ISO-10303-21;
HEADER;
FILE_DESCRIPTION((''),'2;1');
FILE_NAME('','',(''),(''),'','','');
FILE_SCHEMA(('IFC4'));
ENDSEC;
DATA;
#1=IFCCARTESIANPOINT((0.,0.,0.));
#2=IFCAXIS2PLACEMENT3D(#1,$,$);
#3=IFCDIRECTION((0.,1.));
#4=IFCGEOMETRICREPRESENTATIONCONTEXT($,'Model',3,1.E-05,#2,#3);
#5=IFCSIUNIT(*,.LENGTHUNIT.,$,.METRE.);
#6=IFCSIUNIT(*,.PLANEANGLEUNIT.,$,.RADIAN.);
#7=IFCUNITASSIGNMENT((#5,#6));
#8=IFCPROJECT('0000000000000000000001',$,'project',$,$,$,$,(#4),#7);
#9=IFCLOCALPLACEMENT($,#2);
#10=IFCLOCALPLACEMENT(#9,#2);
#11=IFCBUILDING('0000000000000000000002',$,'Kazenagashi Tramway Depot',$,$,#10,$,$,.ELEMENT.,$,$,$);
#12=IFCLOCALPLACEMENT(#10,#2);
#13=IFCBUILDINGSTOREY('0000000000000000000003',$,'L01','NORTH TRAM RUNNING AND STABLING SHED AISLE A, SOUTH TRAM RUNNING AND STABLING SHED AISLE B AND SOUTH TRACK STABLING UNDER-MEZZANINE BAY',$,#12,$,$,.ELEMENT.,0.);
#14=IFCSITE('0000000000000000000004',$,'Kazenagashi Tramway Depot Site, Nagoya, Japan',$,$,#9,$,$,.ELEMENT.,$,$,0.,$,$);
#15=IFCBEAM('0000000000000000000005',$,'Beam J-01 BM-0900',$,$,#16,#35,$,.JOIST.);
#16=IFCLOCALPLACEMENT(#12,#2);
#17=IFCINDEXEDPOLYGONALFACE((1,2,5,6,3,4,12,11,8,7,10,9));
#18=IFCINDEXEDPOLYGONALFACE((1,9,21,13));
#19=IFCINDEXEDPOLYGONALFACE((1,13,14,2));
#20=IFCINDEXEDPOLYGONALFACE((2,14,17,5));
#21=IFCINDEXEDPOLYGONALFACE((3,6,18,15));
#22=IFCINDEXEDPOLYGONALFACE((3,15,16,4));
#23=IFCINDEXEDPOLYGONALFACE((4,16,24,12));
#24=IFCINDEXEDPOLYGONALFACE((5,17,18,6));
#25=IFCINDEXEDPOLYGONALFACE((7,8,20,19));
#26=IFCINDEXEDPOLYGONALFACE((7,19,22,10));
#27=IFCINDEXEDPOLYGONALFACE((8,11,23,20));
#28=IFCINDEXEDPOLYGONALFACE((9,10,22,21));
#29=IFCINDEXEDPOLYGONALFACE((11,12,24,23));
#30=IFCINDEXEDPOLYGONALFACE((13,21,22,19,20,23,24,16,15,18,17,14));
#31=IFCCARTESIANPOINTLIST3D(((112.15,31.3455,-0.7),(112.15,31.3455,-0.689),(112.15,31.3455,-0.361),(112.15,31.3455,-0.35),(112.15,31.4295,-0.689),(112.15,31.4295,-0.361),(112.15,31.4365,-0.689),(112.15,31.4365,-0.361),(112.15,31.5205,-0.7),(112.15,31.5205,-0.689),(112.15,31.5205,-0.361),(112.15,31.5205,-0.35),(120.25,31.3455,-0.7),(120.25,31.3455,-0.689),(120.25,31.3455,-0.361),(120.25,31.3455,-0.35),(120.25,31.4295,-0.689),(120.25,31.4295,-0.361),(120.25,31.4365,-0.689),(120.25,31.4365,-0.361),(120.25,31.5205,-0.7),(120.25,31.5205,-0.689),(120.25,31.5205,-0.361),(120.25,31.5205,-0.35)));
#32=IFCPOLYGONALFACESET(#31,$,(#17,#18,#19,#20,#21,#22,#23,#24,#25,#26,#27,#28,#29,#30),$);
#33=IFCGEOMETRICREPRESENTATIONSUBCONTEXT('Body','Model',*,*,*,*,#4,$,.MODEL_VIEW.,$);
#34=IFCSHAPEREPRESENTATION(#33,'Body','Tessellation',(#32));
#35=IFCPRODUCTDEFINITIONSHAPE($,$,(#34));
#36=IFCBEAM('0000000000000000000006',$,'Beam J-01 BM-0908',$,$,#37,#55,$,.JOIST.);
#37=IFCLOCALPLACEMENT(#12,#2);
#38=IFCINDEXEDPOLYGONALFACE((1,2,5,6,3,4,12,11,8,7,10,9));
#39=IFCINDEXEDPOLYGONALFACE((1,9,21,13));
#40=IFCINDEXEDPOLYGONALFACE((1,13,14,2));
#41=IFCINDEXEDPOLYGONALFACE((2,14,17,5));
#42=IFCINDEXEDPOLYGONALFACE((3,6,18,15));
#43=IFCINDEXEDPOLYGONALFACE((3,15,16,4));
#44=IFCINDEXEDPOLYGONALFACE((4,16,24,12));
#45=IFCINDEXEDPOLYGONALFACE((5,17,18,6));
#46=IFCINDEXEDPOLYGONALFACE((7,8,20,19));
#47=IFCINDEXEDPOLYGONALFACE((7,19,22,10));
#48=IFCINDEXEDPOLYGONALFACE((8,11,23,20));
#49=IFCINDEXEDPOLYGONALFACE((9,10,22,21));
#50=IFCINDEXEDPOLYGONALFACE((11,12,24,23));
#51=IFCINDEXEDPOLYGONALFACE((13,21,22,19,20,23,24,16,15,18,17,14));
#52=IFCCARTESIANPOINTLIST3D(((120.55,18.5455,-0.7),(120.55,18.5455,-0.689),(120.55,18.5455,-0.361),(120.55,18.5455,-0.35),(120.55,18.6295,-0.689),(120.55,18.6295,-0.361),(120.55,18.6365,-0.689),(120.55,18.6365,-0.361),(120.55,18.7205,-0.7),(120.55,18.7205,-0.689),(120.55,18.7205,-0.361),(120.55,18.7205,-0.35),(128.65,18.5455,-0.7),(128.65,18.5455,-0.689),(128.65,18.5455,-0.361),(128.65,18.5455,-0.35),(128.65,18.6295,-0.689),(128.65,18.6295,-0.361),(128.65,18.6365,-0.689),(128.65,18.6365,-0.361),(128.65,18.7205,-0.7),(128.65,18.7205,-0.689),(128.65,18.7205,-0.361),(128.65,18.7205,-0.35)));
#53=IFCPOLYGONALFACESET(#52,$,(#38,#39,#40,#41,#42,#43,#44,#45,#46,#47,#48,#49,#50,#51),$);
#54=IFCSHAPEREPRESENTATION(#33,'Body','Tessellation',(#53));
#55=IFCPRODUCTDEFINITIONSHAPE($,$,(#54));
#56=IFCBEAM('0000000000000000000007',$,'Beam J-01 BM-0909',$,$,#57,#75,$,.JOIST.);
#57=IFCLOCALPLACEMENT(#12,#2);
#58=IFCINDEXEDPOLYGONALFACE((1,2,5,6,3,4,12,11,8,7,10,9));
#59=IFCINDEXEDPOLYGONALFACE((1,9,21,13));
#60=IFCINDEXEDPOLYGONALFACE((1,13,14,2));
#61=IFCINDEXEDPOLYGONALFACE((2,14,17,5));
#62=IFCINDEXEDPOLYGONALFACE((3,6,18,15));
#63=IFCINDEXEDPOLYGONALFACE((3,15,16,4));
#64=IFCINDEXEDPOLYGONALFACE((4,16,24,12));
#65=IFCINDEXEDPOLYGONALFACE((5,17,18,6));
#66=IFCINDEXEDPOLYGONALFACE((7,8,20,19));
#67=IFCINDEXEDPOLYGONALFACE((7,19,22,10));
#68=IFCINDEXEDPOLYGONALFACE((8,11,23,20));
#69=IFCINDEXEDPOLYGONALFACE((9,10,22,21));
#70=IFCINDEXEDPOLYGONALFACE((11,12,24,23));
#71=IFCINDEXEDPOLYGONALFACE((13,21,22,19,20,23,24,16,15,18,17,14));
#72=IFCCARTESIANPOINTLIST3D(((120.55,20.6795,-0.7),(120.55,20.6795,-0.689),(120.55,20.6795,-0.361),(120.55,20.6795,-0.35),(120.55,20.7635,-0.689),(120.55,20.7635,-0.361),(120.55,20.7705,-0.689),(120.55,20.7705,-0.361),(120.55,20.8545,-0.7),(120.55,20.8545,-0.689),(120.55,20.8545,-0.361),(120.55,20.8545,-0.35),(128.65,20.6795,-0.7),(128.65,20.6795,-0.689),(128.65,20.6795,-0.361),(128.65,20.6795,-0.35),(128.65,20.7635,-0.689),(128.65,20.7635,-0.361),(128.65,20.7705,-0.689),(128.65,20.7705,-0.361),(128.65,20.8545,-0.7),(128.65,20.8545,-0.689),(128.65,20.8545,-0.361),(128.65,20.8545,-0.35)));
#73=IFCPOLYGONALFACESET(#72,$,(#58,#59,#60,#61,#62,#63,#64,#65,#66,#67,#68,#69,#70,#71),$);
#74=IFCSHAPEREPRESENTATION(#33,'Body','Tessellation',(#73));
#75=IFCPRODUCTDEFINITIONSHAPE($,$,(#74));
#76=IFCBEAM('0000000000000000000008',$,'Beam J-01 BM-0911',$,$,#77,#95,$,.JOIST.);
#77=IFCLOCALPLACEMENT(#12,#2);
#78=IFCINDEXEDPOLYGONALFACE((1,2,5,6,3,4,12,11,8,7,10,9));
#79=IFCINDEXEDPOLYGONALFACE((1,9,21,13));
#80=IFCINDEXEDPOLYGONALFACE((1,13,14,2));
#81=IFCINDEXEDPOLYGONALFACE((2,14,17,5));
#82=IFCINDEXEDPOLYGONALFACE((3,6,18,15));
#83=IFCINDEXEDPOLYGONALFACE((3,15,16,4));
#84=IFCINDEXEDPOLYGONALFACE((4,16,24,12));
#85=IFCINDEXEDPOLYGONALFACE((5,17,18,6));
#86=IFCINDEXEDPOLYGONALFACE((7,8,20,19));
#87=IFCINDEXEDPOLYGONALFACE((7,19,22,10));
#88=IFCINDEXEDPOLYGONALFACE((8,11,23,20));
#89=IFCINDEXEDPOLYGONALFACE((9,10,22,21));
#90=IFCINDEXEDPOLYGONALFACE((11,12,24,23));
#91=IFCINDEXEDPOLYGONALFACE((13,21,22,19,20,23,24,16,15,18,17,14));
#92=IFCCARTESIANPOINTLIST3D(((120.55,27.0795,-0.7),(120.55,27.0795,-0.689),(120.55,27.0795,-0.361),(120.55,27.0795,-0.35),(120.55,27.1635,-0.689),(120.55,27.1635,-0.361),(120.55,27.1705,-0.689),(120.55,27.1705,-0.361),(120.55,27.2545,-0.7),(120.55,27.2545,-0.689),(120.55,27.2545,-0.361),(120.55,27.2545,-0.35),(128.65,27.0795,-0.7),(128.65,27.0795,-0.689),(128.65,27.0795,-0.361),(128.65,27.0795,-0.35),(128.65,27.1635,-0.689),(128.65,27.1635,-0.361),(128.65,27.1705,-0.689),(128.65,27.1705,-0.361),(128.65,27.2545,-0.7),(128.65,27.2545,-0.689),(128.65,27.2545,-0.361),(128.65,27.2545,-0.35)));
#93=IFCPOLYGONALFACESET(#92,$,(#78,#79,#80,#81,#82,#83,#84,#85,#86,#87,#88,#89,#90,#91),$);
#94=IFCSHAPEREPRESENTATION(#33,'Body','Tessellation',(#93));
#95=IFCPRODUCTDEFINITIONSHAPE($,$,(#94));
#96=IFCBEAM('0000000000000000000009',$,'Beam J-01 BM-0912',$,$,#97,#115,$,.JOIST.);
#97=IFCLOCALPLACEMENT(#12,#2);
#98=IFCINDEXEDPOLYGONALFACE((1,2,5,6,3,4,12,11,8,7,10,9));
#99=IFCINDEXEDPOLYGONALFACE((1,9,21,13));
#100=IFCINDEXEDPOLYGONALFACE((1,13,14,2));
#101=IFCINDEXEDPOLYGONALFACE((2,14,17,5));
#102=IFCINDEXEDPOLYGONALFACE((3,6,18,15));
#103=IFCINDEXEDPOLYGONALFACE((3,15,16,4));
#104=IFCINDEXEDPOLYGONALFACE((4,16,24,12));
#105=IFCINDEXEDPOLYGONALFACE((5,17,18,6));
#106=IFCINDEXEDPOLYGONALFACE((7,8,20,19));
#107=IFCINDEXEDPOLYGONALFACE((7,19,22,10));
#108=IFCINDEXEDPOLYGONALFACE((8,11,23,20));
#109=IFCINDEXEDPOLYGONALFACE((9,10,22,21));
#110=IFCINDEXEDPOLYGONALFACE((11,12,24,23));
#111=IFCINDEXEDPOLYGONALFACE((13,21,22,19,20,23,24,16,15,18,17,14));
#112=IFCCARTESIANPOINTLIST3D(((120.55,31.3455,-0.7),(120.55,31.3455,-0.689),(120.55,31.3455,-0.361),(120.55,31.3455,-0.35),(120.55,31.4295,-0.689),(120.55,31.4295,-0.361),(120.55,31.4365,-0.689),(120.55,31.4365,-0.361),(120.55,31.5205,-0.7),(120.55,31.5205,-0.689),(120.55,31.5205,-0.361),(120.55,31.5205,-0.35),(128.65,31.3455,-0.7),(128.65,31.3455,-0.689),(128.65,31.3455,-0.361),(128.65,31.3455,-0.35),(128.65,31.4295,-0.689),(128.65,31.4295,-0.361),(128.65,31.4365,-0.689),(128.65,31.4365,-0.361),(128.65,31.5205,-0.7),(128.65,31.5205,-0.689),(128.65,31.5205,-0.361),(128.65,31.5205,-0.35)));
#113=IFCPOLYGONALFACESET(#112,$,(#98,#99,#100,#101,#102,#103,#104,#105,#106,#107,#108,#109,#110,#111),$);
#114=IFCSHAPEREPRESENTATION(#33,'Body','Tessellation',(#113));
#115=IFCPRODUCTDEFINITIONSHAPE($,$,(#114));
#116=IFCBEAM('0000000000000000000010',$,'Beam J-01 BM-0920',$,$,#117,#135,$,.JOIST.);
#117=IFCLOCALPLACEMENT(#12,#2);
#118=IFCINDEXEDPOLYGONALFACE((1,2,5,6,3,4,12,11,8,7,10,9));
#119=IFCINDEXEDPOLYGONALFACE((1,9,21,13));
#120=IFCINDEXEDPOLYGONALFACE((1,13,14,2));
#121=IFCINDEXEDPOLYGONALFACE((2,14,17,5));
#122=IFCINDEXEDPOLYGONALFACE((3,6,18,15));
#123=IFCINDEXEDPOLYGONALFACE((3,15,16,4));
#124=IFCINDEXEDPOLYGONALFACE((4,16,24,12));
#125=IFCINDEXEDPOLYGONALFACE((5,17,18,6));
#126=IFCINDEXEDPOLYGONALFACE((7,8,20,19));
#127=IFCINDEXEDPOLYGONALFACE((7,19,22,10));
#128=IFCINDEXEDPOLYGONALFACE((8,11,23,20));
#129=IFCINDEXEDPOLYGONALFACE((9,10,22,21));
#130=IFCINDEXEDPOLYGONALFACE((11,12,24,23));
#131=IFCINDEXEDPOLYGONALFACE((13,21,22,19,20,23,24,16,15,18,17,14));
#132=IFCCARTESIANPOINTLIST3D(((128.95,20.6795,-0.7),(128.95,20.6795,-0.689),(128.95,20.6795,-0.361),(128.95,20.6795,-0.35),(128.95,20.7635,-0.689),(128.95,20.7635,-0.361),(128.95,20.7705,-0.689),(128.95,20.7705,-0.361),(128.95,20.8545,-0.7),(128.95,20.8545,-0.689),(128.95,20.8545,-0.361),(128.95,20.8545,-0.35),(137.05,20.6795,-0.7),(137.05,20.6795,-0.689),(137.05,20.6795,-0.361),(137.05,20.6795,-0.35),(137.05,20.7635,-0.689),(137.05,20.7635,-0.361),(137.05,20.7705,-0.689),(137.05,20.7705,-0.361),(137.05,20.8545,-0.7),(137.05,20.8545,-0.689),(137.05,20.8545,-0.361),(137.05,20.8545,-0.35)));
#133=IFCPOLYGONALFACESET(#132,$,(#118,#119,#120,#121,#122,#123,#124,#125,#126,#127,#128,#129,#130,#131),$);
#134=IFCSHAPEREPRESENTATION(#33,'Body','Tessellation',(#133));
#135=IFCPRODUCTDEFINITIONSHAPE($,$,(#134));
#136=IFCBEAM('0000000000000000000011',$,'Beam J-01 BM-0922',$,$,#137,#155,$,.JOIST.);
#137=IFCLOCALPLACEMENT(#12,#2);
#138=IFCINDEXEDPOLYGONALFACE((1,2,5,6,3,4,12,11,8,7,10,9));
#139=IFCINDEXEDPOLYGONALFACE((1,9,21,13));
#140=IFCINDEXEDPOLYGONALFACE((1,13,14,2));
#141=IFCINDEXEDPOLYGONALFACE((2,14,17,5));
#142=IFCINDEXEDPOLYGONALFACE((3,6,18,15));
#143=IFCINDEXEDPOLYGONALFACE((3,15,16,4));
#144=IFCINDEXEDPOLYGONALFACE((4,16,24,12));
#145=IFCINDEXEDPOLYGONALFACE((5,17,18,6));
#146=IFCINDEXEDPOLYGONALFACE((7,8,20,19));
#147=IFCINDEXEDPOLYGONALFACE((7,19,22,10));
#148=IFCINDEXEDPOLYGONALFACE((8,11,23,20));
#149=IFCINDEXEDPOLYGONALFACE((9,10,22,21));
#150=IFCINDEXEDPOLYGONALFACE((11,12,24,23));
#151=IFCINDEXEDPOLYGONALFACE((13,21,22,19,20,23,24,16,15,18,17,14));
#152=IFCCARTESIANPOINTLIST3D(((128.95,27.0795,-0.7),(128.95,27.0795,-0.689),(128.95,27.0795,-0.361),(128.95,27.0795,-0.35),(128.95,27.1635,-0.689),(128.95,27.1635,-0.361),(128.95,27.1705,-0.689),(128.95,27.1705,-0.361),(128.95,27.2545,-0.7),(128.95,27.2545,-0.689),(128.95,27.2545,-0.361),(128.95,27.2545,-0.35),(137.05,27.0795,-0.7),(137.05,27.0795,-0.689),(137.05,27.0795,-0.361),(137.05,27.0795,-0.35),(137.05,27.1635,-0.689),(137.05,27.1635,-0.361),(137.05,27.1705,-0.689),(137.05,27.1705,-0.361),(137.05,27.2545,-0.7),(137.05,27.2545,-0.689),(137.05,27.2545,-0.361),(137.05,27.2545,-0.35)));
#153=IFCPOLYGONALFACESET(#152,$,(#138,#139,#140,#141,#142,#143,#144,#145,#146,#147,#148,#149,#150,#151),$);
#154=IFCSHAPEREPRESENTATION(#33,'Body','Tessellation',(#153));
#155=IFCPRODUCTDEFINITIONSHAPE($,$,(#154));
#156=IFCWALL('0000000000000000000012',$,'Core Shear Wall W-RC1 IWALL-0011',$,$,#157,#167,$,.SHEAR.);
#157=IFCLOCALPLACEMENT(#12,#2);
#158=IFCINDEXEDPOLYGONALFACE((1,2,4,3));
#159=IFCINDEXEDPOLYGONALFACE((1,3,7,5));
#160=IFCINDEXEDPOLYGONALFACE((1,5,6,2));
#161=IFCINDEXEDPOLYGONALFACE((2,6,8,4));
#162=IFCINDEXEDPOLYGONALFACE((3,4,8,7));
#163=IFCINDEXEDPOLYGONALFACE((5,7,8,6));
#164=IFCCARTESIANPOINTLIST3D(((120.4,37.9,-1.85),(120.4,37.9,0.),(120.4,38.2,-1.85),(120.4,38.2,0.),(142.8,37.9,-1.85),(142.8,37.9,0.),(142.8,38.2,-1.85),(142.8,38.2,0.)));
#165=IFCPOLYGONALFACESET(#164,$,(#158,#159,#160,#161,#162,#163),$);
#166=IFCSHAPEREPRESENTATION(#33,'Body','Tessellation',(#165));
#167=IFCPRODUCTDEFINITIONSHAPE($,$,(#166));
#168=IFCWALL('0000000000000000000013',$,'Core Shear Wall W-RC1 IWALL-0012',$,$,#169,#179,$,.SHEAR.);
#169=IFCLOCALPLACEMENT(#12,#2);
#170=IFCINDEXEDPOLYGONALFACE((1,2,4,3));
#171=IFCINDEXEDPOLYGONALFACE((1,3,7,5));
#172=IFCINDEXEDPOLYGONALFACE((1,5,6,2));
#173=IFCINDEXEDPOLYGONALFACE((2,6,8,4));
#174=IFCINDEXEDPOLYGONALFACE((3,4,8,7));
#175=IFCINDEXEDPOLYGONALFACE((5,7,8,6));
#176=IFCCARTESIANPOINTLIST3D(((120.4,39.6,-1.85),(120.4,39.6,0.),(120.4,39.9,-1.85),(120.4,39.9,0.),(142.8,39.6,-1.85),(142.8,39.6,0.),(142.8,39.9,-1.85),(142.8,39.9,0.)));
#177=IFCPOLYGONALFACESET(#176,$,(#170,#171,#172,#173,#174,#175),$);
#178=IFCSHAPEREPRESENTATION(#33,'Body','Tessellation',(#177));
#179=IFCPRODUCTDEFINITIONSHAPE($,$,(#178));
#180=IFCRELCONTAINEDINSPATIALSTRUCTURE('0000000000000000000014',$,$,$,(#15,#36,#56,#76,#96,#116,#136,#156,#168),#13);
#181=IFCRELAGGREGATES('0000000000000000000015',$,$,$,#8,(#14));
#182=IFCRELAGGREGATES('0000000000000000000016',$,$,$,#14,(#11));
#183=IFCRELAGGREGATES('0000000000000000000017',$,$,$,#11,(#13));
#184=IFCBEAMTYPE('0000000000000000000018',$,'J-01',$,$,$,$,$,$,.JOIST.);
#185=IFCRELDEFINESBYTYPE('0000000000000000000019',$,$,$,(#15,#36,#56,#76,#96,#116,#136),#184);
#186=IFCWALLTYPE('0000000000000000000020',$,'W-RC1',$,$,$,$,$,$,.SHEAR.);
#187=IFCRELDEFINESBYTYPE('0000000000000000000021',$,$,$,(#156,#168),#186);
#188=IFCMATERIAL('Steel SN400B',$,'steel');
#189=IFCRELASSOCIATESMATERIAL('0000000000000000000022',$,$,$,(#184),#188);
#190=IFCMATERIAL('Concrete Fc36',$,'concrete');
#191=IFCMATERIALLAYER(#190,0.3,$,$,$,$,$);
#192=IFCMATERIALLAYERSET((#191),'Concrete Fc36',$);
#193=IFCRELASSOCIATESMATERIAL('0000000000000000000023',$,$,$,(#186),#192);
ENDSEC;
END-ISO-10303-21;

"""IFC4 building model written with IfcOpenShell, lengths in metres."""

from ifc_helpers import new_model, si_unit, direction, frame, frame_2d, origin, origin_2d, place, context, subcontext, project, spatial, rectangle, i_section, extrude, material, layer, layer_set, material_profile, profile_set, type_object, element, save


model = new_model("IFC4")

# Units and contexts
model_context = context("Model", 3, precision=1e-05, world=origin(), true_north=direction((0.0, 1.0)))
body_context = subcontext(model_context, "Body", "Model", "MODEL_VIEW")
ifc_project = project(units=[si_unit("LENGTHUNIT", "METRE"), si_unit("PLANEANGLEUNIT", "RADIAN")], contexts=[model_context])

# Site, building, storey
site_placement = place(None, origin())
site = spatial("IfcSite", under=ifc_project, at=site_placement, Name="Kazenagashi Tramway Depot Site, Nagoya, Japan", CompositionType="ELEMENT", RefElevation=0.0)
building_placement = place(site_placement, origin())
building = spatial("IfcBuilding", under=site, at=building_placement, Name="Kazenagashi Tramway Depot", CompositionType="ELEMENT")
storey_placement = place(building_placement, origin())
storey = spatial("IfcBuildingStorey", under=building, at=storey_placement, Name="L01", Description="NORTH TRAM RUNNING AND STABLING SHED AISLE A, SOUTH TRAM RUNNING AND STABLING SHED AISLE B AND SOUTH TRACK STABLING UNDER-MEZZANINE BAY", CompositionType="ELEMENT", Elevation=0.0)

# Beams
ifc_material_1 = material(Name="Steel SN400B", Category="steel")
ifc_material_profile_1 = material_profile(ifc_material_1, i_section(OverallWidth=0.175, OverallDepth=0.35, WebThickness=0.007, FlangeThickness=0.011, at=origin_2d()), Name="H-350x175x7x11")
ifc_profile_set_1 = profile_set([ifc_material_profile_1], Name="Steel SN400B")
beam_type_1 = type_object("IfcBeamType", Name="J-01", PredefinedType="JOIST", material=ifc_profile_set_1)
for number, where, z_axis, x_axis, name in (
    (1, (112.15, 31.433, -0.525), (1.0, 0.0, 0.0), (0.0, 1.0, 0.0), "Beam J-01 BM-0900"),
    (2, (120.55, 18.633, -0.525), (1.0, 0.0, 0.0), (0.0, 1.0, 0.0), "Beam J-01 BM-0908"),
    (3, (120.55, 20.767, -0.525), (1.0, 0.0, 0.0), (0.0, 1.0, 0.0), "Beam J-01 BM-0909"),
    (4, (120.55, 27.167, -0.525), (1.0, 0.0, 0.0), (0.0, 1.0, 0.0), "Beam J-01 BM-0911"),
    (5, (120.55, 31.433, -0.525), (1.0, 0.0, 0.0), (0.0, 1.0, 0.0), "Beam J-01 BM-0912"),
    (6, (128.95, 20.767, -0.525), (1.0, 0.0, 0.0), (0.0, 1.0, 0.0), "Beam J-01 BM-0920"),
    (7, (128.95, 27.167, -0.525), (1.0, 0.0, 0.0), (0.0, 1.0, 0.0), "Beam J-01 BM-0922"),
):
    element("IfcBeam", number, at=place(storey_placement, frame(where, z_axis=z_axis, x_axis=x_axis)), inside=storey, type_object=beam_type_1, Name=name, PredefinedType="JOIST", context=body_context, shape_type="SweptSolid", body=[
        extrude(i_section(OverallWidth=0.175, OverallDepth=0.35, WebThickness=0.007, FlangeThickness=0.011, at=origin_2d()), origin(), (0.0, 0.0, 1.0), 8.1),
    ])

# Walls
ifc_material_2 = material(Name="Concrete Fc36", Category="concrete")
ifc_layer = layer(ifc_material_2, 0.3)
ifc_layer_set = layer_set([ifc_layer], Name="Concrete Fc36")
wall_type = type_object("IfcWallType", Name="W-RC1", PredefinedType="SHEAR", material=ifc_layer_set)
for number, where, z_axis, x_axis, name in (
    (8, (120.4, 38.05, -1.85), (0.0, 0.0, 1.0), (1.0, 0.0, 0.0), "Core Shear Wall W-RC1 IWALL-0011"),
    (9, (120.4, 39.75, -1.85), (0.0, 0.0, 1.0), (1.0, 0.0, 0.0), "Core Shear Wall W-RC1 IWALL-0012"),
):
    element("IfcWall", number, at=place(storey_placement, frame(where, z_axis=z_axis, x_axis=x_axis)), inside=storey, type_object=wall_type, Name=name, PredefinedType="SHEAR", context=body_context, shape_type="SweptSolid", body=[
        extrude(rectangle(XDim=22.4, YDim=0.3, at=frame_2d((11.2, 0.0))), origin(), (0.0, 0.0, 1.0), 1.85),
    ])

save(model, "model.ifc")
